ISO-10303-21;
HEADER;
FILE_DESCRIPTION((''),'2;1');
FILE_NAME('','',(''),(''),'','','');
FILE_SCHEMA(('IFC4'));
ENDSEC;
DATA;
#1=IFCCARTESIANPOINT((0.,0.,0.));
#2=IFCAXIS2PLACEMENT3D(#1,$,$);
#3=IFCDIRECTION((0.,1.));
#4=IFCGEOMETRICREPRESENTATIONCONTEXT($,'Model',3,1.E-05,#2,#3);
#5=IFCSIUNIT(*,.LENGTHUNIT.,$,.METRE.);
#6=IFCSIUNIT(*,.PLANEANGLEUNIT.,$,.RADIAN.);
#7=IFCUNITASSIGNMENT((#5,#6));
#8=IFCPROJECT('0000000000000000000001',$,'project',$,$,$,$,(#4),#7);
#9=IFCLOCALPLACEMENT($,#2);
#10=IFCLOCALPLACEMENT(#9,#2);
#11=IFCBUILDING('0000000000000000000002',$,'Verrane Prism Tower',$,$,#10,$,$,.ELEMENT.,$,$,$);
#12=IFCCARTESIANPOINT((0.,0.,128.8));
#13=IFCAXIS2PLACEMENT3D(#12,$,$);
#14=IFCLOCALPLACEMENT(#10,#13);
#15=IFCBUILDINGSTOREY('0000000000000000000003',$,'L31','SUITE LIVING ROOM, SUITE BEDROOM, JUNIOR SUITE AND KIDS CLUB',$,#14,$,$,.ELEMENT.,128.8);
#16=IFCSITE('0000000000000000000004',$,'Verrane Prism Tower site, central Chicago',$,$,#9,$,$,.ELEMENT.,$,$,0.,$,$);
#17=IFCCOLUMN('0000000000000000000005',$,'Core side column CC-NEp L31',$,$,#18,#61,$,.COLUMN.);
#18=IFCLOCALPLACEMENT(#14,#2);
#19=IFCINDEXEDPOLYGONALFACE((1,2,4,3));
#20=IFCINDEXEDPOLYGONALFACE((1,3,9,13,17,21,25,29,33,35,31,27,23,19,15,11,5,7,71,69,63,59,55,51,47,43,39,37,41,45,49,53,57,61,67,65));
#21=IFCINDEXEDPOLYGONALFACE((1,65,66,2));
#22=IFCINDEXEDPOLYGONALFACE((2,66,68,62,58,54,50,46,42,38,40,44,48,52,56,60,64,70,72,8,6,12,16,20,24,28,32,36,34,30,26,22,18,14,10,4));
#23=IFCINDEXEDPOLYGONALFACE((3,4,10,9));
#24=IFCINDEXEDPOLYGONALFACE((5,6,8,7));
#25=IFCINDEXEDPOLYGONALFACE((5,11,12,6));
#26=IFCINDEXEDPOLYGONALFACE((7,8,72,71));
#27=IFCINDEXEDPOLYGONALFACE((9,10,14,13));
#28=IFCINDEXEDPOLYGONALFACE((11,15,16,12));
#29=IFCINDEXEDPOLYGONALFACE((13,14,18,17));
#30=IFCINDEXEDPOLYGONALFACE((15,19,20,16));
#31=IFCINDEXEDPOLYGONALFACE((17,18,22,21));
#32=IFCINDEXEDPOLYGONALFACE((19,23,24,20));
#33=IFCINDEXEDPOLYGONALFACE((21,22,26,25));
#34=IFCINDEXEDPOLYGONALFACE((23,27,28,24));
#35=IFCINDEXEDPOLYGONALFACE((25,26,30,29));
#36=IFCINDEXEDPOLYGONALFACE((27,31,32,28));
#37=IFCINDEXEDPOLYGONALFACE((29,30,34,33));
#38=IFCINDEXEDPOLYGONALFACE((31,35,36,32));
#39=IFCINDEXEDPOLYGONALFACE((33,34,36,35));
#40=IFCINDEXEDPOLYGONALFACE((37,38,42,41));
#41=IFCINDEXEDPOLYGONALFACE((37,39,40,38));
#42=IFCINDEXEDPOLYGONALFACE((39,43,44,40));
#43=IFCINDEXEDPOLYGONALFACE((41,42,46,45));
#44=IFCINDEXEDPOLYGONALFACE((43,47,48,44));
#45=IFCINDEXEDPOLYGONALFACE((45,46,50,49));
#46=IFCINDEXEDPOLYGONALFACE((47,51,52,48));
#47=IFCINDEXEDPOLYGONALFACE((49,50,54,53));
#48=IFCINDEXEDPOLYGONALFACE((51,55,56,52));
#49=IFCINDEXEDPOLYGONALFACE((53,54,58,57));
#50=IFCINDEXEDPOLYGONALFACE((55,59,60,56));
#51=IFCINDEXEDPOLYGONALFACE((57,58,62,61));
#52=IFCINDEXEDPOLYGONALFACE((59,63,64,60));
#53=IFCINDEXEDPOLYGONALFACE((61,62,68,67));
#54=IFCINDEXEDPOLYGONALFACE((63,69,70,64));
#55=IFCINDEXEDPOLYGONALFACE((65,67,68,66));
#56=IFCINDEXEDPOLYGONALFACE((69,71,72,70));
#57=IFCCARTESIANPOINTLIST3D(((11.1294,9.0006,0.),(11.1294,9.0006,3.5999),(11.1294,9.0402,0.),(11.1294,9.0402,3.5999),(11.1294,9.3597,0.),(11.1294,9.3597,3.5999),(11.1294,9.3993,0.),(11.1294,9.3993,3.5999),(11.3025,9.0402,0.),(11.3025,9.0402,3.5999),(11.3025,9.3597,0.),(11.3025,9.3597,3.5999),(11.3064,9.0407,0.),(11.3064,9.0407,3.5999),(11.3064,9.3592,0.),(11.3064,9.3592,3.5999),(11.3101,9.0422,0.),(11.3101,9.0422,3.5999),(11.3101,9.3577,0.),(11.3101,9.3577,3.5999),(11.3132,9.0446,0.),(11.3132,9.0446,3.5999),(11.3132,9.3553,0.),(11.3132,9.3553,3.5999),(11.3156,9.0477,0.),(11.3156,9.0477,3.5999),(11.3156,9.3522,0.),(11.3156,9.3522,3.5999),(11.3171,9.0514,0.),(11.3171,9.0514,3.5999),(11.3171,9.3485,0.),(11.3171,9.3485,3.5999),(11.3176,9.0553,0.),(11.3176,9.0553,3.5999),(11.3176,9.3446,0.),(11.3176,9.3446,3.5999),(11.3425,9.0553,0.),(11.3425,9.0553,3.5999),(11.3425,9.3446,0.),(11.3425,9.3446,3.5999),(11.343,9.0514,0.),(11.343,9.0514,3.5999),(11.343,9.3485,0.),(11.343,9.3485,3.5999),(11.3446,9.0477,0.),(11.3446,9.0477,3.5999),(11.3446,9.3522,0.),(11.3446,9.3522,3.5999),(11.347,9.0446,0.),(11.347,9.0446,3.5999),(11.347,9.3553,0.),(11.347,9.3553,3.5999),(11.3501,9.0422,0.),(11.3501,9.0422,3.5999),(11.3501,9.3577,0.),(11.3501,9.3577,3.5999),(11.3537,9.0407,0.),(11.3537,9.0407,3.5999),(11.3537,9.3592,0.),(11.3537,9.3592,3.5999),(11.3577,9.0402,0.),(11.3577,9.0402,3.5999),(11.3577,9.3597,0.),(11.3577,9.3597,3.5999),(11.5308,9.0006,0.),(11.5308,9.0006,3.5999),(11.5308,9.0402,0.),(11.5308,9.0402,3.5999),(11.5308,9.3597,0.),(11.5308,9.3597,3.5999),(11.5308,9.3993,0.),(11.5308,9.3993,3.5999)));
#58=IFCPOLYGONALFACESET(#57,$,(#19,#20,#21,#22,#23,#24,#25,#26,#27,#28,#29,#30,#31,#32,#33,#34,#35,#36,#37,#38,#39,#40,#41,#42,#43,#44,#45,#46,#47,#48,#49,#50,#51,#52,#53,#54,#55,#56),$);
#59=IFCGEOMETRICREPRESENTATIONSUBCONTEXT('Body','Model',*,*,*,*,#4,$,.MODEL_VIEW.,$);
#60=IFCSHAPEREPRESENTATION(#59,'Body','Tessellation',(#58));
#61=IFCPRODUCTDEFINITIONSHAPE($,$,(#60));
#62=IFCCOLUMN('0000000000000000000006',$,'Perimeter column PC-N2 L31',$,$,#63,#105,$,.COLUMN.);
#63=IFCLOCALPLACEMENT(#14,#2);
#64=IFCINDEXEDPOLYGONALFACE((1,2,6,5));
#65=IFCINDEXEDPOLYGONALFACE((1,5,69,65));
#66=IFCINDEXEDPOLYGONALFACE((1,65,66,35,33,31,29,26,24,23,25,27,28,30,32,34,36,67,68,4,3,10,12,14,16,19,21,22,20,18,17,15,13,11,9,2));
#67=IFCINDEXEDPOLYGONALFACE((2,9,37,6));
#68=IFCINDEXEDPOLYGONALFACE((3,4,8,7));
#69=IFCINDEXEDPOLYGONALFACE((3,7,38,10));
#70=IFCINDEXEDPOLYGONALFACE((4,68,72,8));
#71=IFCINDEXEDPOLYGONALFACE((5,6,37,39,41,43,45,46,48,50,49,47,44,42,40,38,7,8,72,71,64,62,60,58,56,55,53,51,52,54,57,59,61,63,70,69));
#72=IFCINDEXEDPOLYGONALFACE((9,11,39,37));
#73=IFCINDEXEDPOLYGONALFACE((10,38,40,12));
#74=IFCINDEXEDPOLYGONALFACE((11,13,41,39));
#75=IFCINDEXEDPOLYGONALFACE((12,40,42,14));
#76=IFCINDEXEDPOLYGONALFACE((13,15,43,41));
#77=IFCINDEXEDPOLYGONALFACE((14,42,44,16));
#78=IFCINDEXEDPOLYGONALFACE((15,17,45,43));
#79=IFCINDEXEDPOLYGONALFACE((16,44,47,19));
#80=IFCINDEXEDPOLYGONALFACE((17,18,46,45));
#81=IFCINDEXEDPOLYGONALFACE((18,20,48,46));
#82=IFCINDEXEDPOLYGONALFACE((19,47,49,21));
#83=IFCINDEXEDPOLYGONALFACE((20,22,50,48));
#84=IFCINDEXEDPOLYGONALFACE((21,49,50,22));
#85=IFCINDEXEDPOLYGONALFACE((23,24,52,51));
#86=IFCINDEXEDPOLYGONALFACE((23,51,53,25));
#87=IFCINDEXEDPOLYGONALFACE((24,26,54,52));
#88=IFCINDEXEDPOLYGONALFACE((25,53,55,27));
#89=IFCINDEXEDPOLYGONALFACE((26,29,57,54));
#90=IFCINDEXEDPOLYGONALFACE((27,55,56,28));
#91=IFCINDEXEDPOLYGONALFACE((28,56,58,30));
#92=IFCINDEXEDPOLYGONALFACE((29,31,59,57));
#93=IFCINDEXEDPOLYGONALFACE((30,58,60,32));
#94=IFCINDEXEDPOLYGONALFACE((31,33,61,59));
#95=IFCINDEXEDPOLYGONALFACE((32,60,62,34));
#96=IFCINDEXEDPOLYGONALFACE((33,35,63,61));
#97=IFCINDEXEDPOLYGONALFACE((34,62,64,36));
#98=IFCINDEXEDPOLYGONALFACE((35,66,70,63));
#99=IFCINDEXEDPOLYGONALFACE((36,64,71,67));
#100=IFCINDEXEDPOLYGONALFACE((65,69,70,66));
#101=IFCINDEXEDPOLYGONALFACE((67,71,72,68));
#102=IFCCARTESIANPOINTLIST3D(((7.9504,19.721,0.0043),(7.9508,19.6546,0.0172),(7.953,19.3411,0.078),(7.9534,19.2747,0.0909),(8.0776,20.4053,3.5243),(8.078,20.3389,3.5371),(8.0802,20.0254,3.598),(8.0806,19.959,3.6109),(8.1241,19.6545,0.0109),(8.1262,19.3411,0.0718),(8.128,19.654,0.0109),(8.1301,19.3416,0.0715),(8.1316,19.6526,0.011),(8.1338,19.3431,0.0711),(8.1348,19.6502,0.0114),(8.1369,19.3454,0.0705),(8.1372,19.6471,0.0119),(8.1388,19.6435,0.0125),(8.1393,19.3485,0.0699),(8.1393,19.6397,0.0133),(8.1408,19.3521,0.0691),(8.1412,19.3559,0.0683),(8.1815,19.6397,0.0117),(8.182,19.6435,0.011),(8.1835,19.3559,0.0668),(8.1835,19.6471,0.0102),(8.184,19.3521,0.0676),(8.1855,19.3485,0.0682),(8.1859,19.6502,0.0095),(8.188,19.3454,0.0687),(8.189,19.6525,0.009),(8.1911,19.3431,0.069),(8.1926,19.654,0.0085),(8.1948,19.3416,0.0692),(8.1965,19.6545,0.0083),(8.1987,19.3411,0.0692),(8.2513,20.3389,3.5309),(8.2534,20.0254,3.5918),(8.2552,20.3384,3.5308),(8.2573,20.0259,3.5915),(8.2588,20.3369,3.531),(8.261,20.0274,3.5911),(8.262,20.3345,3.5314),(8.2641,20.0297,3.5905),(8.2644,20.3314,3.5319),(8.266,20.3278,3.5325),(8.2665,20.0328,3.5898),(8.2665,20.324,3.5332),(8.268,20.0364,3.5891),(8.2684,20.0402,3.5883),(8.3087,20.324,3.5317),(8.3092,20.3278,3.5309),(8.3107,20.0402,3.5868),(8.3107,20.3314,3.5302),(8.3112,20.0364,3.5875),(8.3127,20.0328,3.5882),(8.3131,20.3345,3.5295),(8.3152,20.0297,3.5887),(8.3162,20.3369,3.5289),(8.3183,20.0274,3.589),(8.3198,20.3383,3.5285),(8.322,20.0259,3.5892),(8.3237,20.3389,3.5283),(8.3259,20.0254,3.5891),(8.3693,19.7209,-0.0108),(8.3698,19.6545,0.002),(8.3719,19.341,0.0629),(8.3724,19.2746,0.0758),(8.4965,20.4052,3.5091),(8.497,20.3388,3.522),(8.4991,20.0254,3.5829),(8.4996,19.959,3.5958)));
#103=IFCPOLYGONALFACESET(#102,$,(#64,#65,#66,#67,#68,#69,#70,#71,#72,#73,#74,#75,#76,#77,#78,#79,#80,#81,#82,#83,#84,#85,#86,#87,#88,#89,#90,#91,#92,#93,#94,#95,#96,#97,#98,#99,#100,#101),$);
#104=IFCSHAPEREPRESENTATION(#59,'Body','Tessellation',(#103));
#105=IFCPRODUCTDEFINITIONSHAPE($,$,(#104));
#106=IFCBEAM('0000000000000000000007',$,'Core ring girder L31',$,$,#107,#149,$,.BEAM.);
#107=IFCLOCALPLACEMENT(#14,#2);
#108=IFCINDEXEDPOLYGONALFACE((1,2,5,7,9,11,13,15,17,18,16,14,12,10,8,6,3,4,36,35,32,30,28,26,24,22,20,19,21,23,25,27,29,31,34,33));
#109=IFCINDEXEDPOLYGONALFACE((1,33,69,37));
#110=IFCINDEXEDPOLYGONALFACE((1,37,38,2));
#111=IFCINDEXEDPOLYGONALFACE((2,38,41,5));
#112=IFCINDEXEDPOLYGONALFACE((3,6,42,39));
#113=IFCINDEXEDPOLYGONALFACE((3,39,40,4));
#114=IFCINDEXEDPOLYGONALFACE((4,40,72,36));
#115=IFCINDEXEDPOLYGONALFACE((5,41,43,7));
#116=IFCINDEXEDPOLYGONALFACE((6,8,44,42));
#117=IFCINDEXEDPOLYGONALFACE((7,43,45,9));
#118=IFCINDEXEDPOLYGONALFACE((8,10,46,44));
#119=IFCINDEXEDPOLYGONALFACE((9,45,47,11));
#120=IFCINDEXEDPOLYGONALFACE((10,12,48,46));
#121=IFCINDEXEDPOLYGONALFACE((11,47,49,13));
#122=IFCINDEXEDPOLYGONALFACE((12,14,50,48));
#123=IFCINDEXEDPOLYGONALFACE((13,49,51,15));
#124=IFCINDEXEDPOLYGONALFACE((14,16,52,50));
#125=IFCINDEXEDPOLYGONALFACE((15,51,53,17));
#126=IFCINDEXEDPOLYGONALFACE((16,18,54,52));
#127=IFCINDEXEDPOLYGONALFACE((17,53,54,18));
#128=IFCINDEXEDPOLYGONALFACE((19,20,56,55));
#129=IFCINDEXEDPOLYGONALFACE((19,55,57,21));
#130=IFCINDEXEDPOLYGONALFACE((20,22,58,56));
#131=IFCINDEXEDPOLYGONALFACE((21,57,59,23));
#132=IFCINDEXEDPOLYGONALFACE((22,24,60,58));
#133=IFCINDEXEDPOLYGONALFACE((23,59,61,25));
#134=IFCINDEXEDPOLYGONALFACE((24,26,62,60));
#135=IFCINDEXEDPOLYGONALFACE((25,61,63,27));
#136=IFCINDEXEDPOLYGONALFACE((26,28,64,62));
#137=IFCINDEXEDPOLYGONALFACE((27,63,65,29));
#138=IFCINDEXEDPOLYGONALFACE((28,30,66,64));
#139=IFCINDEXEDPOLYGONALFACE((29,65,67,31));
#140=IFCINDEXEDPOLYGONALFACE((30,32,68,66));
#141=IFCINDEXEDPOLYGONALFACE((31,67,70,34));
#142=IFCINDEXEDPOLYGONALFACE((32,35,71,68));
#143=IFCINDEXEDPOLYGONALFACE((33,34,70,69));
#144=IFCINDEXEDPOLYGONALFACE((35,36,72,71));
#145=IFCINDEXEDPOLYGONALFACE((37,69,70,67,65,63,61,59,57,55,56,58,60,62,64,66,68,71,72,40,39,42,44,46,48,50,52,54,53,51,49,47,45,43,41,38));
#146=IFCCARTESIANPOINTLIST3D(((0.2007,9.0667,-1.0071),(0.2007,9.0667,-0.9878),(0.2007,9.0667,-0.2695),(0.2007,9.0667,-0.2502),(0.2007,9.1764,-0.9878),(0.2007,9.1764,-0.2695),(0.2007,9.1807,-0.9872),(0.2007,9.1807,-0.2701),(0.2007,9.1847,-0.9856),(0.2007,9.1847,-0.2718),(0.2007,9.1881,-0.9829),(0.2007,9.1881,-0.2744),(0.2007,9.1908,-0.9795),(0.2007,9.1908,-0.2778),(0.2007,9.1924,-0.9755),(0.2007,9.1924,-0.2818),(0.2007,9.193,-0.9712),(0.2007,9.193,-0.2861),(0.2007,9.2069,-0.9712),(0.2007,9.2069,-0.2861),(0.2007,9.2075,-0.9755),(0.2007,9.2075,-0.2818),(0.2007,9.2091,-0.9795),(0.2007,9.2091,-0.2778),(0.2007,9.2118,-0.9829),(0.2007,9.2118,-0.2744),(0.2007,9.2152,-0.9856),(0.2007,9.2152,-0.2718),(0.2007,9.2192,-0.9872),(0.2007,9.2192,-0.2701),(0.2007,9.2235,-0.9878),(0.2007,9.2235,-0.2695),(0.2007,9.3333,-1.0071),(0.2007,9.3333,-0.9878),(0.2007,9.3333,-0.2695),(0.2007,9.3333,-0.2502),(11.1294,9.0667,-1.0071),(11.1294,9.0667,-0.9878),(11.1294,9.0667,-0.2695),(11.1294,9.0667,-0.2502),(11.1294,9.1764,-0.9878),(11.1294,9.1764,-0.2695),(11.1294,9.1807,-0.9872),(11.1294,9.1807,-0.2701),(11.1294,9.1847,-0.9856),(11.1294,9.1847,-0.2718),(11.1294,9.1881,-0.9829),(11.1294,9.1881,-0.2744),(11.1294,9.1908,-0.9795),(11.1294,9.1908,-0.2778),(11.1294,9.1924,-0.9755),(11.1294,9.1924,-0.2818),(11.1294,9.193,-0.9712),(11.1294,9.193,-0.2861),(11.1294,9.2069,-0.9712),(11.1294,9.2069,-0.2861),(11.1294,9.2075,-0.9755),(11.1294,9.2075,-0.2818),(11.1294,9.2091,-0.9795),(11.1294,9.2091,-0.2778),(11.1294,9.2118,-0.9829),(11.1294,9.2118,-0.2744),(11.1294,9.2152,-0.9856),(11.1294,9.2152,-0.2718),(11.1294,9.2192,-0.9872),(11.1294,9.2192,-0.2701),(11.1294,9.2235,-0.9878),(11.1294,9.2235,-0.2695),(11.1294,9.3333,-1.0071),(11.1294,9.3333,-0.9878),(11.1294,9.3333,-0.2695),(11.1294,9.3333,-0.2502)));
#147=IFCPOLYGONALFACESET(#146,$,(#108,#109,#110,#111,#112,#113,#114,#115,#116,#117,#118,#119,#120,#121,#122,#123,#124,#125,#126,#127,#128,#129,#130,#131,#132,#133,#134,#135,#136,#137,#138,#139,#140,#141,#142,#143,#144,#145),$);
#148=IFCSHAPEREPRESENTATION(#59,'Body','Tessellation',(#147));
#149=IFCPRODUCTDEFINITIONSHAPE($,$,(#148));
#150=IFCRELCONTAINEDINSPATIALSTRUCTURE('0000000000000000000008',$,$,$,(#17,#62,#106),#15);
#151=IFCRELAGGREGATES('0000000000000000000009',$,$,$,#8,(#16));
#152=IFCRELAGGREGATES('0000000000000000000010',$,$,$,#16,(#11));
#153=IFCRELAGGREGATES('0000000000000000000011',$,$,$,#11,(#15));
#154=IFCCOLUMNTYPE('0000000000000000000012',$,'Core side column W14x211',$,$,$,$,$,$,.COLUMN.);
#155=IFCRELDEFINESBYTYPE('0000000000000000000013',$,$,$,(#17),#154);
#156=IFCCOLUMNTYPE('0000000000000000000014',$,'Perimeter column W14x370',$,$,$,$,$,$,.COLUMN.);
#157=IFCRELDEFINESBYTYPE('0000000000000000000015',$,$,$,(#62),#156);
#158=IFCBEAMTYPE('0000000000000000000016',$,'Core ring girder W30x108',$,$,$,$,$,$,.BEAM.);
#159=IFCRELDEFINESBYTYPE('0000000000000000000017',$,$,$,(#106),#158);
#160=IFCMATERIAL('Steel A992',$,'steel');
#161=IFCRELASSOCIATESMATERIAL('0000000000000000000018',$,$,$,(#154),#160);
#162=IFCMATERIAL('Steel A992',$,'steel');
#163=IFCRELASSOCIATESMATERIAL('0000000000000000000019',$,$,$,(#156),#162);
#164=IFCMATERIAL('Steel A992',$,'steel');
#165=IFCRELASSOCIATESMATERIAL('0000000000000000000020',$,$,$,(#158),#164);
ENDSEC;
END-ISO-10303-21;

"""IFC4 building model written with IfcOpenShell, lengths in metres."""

from ifc_helpers import new_model, si_unit, direction, frame, origin, origin_2d, place, context, subcontext, project, spatial, i_section, extrude, material, material_profile, profile_set, type_object, element, save


model = new_model("IFC4")

# Units and contexts
model_context = context("Model", 3, precision=1e-05, world=origin(), true_north=direction((0.0, 1.0)))
body_context = subcontext(model_context, "Body", "Model", "MODEL_VIEW")
ifc_project = project(units=[si_unit("LENGTHUNIT", "METRE"), si_unit("PLANEANGLEUNIT", "RADIAN")], contexts=[model_context])

# Site, building, storey
site_placement = place(None, origin())
site = spatial("IfcSite", under=ifc_project, at=site_placement, Name="Verrane Prism Tower site, central Chicago", CompositionType="ELEMENT", RefElevation=0.0)
building_placement = place(site_placement, origin())
building = spatial("IfcBuilding", under=site, at=building_placement, Name="Verrane Prism Tower", CompositionType="ELEMENT")
storey_placement = place(building_placement, frame((0.0, 0.0, 128.8)))
storey = spatial("IfcBuildingStorey", under=building, at=storey_placement, Name="L31", Description="SUITE LIVING ROOM, SUITE BEDROOM, JUNIOR SUITE AND KIDS CLUB", CompositionType="ELEMENT", Elevation=128.8)

# Columns
ifc_material_1 = material(Name="Steel A992", Category="steel")
ifc_material_profile_1 = material_profile(ifc_material_1, i_section(OverallWidth=0.4014, OverallDepth=0.3987, WebThickness=0.0249, FlangeThickness=0.0396, FilletRadius=0.0151, at=origin_2d()), Name="W14x211")
ifc_profile_set_1 = profile_set([ifc_material_profile_1], Name="Steel A992")
column_type_1 = type_object("IfcColumnType", Name="Core side column W14x211", PredefinedType="COLUMN", material=ifc_profile_set_1)
column_1_placement = place(storey_placement, frame((11.3301, 9.2, 0.0), z_axis=(0.0, 0.0, 1.0), x_axis=(1.0, 0.0, 0.0)))
element("IfcColumn", 1, at=column_1_placement, inside=storey, type_object=column_type_1, Name="Core side column CC-NEp L31", PredefinedType="COLUMN", context=body_context, shape_type="SweptSolid", body=[
    extrude(i_section(OverallWidth=0.4014, OverallDepth=0.3987, WebThickness=0.0249, FlangeThickness=0.0396, FilletRadius=0.0151, at=origin_2d()), origin(), (0.0, 0.0, 1.0), 3.5999),
])
ifc_material_2 = material(Name="Steel A992", Category="steel")
ifc_material_profile_2 = material_profile(ifc_material_2, i_section(OverallWidth=0.4192, OverallDepth=0.4546, WebThickness=0.0422, FlangeThickness=0.0676, FilletRadius=0.0151, at=origin_2d()), Name="W14x370")
ifc_profile_set_2 = profile_set([ifc_material_profile_2], Name="Steel A992")
column_type_2 = type_object("IfcColumnType", Name="Perimeter column W14x370", PredefinedType="COLUMN", material=ifc_profile_set_2)
column_2_placement = place(storey_placement, frame((8.1614, 19.4978, 0.04), z_axis=(0.035449, 0.190717, 0.981005), x_axis=(0.999349, -0.000151, -0.036082)))
element("IfcColumn", 2, at=column_2_placement, inside=storey, type_object=column_type_2, Name="Perimeter column PC-N2 L31", PredefinedType="COLUMN", context=body_context, shape_type="SweptSolid", body=[
    extrude(i_section(OverallWidth=0.4192, OverallDepth=0.4546, WebThickness=0.0422, FlangeThickness=0.0676, FilletRadius=0.0151, at=origin_2d()), origin(), (0.0, 0.0, 1.0), 3.5881),
])

# Beam
ifc_material_3 = material(Name="Steel A992", Category="steel")
ifc_material_profile_3 = material_profile(ifc_material_3, i_section(OverallWidth=0.2666, OverallDepth=0.7568, WebThickness=0.0139, FlangeThickness=0.0193, FilletRadius=0.0166, at=origin_2d()), Name="W30x108")
ifc_profile_set_3 = profile_set([ifc_material_profile_3], Name="Steel A992")
beam_type_1 = type_object("IfcBeamType", Name="Core ring girder W30x108", PredefinedType="BEAM", material=ifc_profile_set_3)
beam_1_placement = place(storey_placement, frame((11.1294, 9.2, -0.6287), z_axis=(-1.0, 0.0, 0.0), x_axis=(0.0, -1.0, 0.0)))
element("IfcBeam", 3, at=beam_1_placement, inside=storey, type_object=beam_type_1, Name="Core ring girder L31", PredefinedType="BEAM", context=body_context, shape_type="SweptSolid", body=[
    extrude(i_section(OverallWidth=0.2666, OverallDepth=0.7568, WebThickness=0.0139, FlangeThickness=0.0193, FilletRadius=0.0166, at=origin_2d()), origin(), (0.0, 0.0, 1.0), 10.9287),
])

save(model, "model.ifc")
